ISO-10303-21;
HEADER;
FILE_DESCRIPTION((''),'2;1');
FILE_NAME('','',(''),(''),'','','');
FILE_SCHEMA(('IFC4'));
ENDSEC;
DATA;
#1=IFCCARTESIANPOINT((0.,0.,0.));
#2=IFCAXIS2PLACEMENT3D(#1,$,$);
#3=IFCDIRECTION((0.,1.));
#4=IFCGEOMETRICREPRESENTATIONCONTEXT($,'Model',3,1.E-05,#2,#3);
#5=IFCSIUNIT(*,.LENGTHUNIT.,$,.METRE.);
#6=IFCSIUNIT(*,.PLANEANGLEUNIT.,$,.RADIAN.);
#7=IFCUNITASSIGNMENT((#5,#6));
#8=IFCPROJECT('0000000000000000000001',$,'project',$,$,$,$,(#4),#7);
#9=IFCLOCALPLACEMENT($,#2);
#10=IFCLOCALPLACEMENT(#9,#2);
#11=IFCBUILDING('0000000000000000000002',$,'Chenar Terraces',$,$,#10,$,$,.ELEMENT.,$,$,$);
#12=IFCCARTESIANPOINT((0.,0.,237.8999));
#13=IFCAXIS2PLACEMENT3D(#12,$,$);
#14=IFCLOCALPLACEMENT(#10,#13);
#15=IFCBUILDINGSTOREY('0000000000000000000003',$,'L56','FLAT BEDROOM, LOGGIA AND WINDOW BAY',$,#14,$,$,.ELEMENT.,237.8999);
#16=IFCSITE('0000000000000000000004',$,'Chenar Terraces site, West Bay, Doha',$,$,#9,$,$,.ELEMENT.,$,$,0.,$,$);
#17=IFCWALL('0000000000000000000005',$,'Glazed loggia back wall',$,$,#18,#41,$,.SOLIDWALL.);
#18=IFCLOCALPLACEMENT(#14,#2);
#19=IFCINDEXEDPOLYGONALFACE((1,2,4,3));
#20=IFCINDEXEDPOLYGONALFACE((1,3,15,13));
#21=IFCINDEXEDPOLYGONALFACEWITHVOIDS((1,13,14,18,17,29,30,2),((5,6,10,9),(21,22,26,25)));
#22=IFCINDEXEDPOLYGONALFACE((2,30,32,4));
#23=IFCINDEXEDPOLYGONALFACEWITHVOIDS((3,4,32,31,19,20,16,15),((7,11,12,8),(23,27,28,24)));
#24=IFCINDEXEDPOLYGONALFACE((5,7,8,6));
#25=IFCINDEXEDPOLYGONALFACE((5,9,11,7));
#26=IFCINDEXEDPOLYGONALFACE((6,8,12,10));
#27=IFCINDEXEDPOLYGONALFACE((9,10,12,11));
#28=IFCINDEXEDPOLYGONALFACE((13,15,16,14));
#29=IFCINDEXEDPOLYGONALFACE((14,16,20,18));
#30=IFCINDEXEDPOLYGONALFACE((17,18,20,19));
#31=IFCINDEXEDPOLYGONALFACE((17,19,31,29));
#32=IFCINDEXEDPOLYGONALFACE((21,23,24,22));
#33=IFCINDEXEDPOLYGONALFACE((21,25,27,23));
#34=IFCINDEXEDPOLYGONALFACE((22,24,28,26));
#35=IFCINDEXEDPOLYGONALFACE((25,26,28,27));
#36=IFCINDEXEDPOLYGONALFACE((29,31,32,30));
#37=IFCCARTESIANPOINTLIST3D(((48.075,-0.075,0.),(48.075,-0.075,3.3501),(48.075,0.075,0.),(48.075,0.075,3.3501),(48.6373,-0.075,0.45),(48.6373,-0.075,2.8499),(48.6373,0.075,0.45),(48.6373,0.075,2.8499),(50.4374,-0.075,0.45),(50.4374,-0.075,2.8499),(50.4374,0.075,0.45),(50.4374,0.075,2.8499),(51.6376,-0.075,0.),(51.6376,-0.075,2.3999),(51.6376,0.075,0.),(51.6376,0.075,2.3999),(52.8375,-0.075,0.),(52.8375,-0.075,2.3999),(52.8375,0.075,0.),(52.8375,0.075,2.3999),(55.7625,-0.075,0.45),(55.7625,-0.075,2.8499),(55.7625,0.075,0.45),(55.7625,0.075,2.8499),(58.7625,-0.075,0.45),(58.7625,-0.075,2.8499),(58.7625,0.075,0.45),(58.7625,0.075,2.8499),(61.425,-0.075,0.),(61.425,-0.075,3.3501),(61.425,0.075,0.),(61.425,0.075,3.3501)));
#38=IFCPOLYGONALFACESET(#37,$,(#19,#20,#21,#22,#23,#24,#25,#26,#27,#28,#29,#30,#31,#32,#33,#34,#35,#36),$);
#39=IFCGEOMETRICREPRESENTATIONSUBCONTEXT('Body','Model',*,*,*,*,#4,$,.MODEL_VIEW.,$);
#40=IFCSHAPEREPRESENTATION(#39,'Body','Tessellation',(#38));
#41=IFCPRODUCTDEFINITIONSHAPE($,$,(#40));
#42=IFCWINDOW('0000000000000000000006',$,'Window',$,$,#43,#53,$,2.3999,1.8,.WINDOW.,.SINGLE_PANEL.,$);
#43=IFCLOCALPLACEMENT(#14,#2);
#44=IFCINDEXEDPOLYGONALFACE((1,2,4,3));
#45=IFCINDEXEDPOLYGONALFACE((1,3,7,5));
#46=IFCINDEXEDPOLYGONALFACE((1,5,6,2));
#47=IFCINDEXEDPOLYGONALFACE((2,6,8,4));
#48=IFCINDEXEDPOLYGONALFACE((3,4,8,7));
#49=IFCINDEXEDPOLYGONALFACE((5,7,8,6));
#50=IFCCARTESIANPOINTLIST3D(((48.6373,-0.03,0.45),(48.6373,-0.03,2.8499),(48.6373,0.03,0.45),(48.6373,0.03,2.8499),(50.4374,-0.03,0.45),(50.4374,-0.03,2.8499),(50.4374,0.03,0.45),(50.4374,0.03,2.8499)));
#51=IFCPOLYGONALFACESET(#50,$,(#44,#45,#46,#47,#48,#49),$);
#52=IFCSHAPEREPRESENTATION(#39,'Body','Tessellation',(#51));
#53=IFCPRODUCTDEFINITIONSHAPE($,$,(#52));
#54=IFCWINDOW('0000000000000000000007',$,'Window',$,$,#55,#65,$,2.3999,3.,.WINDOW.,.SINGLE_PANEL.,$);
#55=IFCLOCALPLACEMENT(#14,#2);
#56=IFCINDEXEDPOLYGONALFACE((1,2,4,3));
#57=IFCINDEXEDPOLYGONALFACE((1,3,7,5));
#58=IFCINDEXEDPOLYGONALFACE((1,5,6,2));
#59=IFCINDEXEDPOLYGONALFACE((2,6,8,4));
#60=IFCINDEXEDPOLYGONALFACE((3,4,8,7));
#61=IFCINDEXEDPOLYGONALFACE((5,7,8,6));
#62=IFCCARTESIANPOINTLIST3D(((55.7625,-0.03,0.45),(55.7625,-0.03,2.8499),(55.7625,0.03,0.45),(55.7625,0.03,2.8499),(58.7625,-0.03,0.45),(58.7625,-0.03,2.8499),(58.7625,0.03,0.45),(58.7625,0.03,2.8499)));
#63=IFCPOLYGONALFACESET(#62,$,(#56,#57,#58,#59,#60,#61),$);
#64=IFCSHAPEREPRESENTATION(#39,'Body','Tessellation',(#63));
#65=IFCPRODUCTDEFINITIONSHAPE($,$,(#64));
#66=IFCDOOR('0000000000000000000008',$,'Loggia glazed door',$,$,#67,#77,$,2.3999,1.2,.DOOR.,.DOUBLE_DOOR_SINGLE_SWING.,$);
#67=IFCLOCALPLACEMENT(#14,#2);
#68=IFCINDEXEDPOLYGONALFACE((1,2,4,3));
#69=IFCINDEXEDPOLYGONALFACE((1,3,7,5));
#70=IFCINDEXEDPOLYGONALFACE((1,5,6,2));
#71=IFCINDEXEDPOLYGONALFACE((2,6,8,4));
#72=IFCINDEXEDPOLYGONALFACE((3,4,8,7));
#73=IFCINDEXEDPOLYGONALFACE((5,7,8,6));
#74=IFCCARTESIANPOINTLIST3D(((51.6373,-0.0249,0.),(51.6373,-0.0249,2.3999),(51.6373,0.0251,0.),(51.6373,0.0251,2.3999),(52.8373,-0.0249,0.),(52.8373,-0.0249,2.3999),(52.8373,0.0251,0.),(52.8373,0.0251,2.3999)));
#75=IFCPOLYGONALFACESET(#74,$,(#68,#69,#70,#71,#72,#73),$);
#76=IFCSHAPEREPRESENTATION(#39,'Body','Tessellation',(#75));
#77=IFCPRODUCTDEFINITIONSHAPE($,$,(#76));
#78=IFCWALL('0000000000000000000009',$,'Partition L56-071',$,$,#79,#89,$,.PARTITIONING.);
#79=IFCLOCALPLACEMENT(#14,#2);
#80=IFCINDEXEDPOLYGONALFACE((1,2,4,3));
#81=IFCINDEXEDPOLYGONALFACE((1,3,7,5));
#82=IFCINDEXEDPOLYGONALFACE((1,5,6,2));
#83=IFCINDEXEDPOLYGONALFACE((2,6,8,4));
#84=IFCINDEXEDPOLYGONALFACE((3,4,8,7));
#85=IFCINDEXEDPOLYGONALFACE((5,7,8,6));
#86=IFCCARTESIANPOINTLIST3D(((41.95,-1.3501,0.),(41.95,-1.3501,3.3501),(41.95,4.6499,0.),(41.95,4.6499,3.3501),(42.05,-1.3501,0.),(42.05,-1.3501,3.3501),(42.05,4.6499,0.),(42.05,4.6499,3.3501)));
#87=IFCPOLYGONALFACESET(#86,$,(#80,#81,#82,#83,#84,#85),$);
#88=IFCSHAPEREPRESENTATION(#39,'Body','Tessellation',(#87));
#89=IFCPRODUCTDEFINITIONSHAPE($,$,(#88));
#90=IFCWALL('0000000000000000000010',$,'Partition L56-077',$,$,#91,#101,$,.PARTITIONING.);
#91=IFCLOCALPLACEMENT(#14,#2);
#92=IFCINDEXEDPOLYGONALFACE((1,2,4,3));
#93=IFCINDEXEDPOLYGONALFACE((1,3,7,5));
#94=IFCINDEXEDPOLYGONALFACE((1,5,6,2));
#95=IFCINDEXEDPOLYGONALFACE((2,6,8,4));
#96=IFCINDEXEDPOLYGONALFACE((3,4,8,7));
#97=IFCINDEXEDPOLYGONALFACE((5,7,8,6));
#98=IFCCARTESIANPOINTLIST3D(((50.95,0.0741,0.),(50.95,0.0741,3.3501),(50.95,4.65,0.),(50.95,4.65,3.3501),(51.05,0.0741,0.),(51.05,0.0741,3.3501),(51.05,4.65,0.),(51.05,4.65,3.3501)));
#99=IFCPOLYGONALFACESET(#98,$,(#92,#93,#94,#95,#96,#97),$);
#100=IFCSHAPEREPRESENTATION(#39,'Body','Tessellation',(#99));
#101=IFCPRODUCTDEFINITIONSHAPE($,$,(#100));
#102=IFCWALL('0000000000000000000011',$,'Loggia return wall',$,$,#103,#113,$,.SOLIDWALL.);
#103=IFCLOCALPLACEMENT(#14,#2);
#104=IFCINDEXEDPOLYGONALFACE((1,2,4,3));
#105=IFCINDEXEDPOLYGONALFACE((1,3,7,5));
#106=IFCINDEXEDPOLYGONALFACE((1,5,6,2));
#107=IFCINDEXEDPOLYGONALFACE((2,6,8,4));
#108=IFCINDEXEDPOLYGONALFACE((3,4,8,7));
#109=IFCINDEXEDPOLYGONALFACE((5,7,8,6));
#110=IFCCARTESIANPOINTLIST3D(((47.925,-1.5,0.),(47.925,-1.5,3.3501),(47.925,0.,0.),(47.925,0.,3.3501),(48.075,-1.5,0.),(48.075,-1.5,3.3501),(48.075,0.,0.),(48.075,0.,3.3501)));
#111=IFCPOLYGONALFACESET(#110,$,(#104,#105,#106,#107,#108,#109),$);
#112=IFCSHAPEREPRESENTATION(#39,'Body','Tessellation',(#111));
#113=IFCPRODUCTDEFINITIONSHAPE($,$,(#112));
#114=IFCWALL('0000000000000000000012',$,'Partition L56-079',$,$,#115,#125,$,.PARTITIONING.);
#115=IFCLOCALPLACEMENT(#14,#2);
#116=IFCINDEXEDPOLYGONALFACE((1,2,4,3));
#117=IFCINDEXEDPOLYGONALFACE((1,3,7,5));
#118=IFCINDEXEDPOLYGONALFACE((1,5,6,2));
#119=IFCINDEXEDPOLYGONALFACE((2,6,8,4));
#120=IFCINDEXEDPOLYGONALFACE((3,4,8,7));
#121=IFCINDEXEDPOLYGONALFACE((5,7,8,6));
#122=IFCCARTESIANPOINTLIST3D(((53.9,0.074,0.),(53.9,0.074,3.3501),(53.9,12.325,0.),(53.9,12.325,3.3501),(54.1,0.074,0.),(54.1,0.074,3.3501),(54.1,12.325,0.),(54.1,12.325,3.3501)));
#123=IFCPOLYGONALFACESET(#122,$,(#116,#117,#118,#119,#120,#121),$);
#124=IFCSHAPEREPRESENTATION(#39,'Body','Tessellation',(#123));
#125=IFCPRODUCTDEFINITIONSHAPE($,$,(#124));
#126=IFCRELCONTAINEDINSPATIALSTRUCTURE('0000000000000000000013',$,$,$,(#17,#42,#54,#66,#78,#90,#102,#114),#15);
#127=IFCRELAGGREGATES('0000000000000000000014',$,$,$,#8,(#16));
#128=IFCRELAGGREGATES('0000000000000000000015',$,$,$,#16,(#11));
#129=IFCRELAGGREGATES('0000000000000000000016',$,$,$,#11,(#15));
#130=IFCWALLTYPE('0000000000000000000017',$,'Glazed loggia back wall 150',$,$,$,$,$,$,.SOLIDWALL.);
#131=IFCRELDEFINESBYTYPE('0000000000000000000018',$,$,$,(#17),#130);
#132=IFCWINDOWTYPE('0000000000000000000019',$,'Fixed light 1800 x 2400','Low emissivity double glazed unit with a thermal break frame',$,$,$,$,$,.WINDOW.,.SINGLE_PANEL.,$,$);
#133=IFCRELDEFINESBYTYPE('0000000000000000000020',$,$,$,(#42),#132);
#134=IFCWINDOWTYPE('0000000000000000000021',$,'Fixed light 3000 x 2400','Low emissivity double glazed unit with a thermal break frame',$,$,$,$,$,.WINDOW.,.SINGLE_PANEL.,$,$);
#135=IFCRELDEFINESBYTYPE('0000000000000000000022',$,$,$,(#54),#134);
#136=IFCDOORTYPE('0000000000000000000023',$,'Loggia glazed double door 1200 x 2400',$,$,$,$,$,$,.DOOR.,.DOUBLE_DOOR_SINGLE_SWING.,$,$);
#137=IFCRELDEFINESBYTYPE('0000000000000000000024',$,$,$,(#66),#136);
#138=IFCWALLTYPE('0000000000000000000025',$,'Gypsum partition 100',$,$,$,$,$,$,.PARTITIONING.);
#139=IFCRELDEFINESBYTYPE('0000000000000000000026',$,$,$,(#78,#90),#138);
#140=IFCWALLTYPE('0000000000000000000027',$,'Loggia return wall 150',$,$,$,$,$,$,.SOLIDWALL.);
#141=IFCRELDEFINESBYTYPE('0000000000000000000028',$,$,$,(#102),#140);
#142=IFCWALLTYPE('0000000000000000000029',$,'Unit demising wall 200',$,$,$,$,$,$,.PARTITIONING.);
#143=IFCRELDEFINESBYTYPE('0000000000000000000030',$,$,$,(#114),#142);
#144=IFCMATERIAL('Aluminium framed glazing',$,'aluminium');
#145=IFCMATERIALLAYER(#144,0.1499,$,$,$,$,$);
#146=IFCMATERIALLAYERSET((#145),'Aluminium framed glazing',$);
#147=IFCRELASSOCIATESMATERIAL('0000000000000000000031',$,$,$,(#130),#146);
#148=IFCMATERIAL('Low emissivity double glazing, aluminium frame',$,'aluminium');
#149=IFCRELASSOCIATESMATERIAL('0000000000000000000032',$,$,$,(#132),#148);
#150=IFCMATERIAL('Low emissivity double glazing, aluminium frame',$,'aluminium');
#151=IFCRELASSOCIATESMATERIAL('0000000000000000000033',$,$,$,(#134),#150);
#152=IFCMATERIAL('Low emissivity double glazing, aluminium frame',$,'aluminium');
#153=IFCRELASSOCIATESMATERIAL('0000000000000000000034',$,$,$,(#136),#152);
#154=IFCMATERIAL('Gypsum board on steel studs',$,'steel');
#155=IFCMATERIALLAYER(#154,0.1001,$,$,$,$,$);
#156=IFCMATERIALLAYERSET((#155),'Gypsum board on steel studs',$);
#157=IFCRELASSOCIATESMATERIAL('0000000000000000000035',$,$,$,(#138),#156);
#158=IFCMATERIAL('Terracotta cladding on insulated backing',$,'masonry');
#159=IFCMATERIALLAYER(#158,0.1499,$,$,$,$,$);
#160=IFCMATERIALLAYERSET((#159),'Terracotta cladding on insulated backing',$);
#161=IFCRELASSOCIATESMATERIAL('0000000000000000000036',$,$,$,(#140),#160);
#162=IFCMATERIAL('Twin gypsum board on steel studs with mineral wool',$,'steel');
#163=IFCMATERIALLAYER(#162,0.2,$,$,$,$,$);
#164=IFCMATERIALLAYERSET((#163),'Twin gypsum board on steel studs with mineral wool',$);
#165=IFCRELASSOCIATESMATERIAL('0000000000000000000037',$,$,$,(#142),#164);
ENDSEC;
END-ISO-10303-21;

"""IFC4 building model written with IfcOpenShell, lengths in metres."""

from ifc_helpers import new_model, si_unit, direction, frame, frame_2d, origin, place, context, subcontext, project, spatial, rectangle, extrude, material, layer, layer_set, type_object, element, fill, save


model = new_model("IFC4")

# Units and contexts
model_context = context("Model", 3, precision=1e-05, world=origin(), true_north=direction((0.0, 1.0)))
body_context = subcontext(model_context, "Body", "Model", "MODEL_VIEW")
ifc_project = project(units=[si_unit("LENGTHUNIT", "METRE"), si_unit("PLANEANGLEUNIT", "RADIAN")], contexts=[model_context])

# Site, building, storey
site_placement = place(None, origin())
site = spatial("IfcSite", under=ifc_project, at=site_placement, Name="Chenar Terraces site, West Bay, Doha", CompositionType="ELEMENT", RefElevation=0.0)
building_placement = place(site_placement, origin())
building = spatial("IfcBuilding", under=site, at=building_placement, Name="Chenar Terraces", CompositionType="ELEMENT")
storey_placement = place(building_placement, frame((0.0, 0.0, 237.8999)))
storey = spatial("IfcBuildingStorey", under=building, at=storey_placement, Name="L56", Description="FLAT BEDROOM, LOGGIA AND WINDOW BAY", CompositionType="ELEMENT", Elevation=237.8999)

# Wall, openings, windows, door
ifc_material_1 = material(Name="Aluminium framed glazing", Category="aluminium")
ifc_layer_1 = layer(ifc_material_1, 0.1499)
ifc_layer_set_1 = layer_set([ifc_layer_1], Name="Aluminium framed glazing")
wall_type_1 = type_object("IfcWallType", Name="Glazed loggia back wall 150", PredefinedType="SOLIDWALL", material=ifc_layer_set_1)
wall_1_placement = place(storey_placement, frame((48.075, 0.0, 0.0), z_axis=(0.0, 0.0, 1.0), x_axis=(1.0, 0.0, 0.0)))
wall_1 = element("IfcWall", 1, at=wall_1_placement, inside=storey, type_object=wall_type_1, Name="Glazed loggia back wall", PredefinedType="SOLIDWALL", context=body_context, shape_type="SweptSolid", body=[
    extrude(rectangle(XDim=13.3501, YDim=0.1499, at=frame_2d((6.675, 0.0))), origin(), (0.0, 0.0, 1.0), 3.3501),
])
opening_1_placement = place(wall_1_placement, frame((0.5625, 0.0, 0.45)))
opening_1 = element("IfcOpeningElement", 2, at=opening_1_placement, cuts=wall_1, PredefinedType="OPENING", context=body_context, shape_type="SweptSolid", body=[
    extrude(rectangle(XDim=1.8, YDim=2.3999, at=frame_2d((0.8999, 1.2))), frame((0.0, 0.085, 0.0), z_axis=(0.0, -1.0, 0.0), x_axis=(1.0, 0.0, 0.0)), (0.0, 0.0, 1.0), 0.1699),
])
opening_2_placement = place(wall_1_placement, frame((3.5625, 0.0, 0.0)))
opening_2 = element("IfcOpeningElement", 3, at=opening_2_placement, cuts=wall_1, PredefinedType="OPENING", context=body_context, shape_type="SweptSolid", body=[
    extrude(rectangle(XDim=1.2, YDim=2.3999, at=frame_2d((0.6001, 1.2))), frame((0.0, 0.085, 0.0), z_axis=(0.0, -1.0, 0.0), x_axis=(1.0, 0.0, 0.0)), (0.0, 0.0, 1.0), 0.1699),
])
opening_3_placement = place(wall_1_placement, frame((7.6875, 0.0, 0.45)))
opening_3 = element("IfcOpeningElement", 4, at=opening_3_placement, cuts=wall_1, PredefinedType="OPENING", context=body_context, shape_type="SweptSolid", body=[
    extrude(rectangle(XDim=3.0, YDim=2.3999, at=frame_2d((1.5, 1.2))), frame((0.0, 0.085, 0.0), z_axis=(0.0, -1.0, 0.0), x_axis=(1.0, 0.0, 0.0)), (0.0, 0.0, 1.0), 0.1699),
])
ifc_material_2 = material(Name="Low emissivity double glazing, aluminium frame", Category="aluminium")
window_type_1 = type_object("IfcWindowType", Name="Fixed light 1800 x 2400", Description="Low emissivity double glazed unit with a thermal break frame", PartitioningType="SINGLE_PANEL", PredefinedType="WINDOW", material=ifc_material_2)
window_1_placement = place(opening_1_placement, origin())
window_1 = element("IfcWindow", 5, at=window_1_placement, inside=storey, type_object=window_type_1, Name="Window", OverallHeight=2.3999, OverallWidth=1.8, PartitioningType="SINGLE_PANEL", PredefinedType="WINDOW", context=body_context, shape_type="SweptSolid", body=[
    extrude(rectangle(XDim=1.8, YDim=2.3999, at=frame_2d((0.8999, 1.2))), frame((0.0, 0.03, 0.0), z_axis=(0.0, -1.0, 0.0), x_axis=(1.0, 0.0, 0.0)), (0.0, 0.0, 1.0), 0.0601),
])
fill(opening_1, window_1)
ifc_material_3 = material(Name="Low emissivity double glazing, aluminium frame", Category="aluminium")
window_type_2 = type_object("IfcWindowType", Name="Fixed light 3000 x 2400", Description="Low emissivity double glazed unit with a thermal break frame", PartitioningType="SINGLE_PANEL", PredefinedType="WINDOW", material=ifc_material_3)
window_2_placement = place(opening_3_placement, origin())
window_2 = element("IfcWindow", 6, at=window_2_placement, inside=storey, type_object=window_type_2, Name="Window", OverallHeight=2.3999, OverallWidth=3.0, PartitioningType="SINGLE_PANEL", PredefinedType="WINDOW", context=body_context, shape_type="SweptSolid", body=[
    extrude(rectangle(XDim=3.0, YDim=2.3999, at=frame_2d((1.5, 1.2))), frame((0.0, 0.03, 0.0), z_axis=(0.0, -1.0, 0.0), x_axis=(1.0, 0.0, 0.0)), (0.0, 0.0, 1.0), 0.0601),
])
fill(opening_3, window_2)
ifc_material_4 = material(Name="Low emissivity double glazing, aluminium frame", Category="aluminium")
door_type_1 = type_object("IfcDoorType", Name="Loggia glazed double door 1200 x 2400", OperationType="DOUBLE_DOOR_SINGLE_SWING", PredefinedType="DOOR", material=ifc_material_4)
door_1_placement = place(opening_2_placement, frame((1.2, 0.0, 0.0), z_axis=(0.0, 0.0, 1.0), x_axis=(-1.0, 0.0, 0.0)))
door_1 = element("IfcDoor", 7, at=door_1_placement, inside=storey, type_object=door_type_1, Name="Loggia glazed door", OperationType="DOUBLE_DOOR_SINGLE_SWING", OverallHeight=2.3999, OverallWidth=1.2, PredefinedType="DOOR", context=body_context, shape_type="SweptSolid", body=[
    extrude(rectangle(XDim=1.2, YDim=2.3999, at=frame_2d((0.6001, 1.2))), frame((0.0, 0.0249, 0.0), z_axis=(0.0, -1.0, 0.0), x_axis=(1.0, 0.0, 0.0)), (0.0, 0.0, 1.0), 0.05),
])
fill(opening_2, door_1)

# Walls
ifc_material_5 = material(Name="Gypsum board on steel studs", Category="steel")
ifc_layer_2 = layer(ifc_material_5, 0.1001)
ifc_layer_set_2 = layer_set([ifc_layer_2], Name="Gypsum board on steel studs")
wall_type_2 = type_object("IfcWallType", Name="Gypsum partition 100", PredefinedType="PARTITIONING", material=ifc_layer_set_2)
wall_2_placement = place(storey_placement, frame((42.0, -1.3501, 0.0), z_axis=(0.0, 0.0, 1.0), x_axis=(0.0, 1.0, 0.0)))
element("IfcWall", 8, at=wall_2_placement, inside=storey, type_object=wall_type_2, Name="Partition L56-071", PredefinedType="PARTITIONING", context=body_context, shape_type="SweptSolid", body=[
    extrude(rectangle(XDim=6.0, YDim=0.1001, at=frame_2d((3.0, 0.0))), origin(), (0.0, 0.0, 1.0), 3.3501),
])
wall_3_placement = place(storey_placement, frame((51.0, 0.074, 0.0), z_axis=(0.0, 0.0, 1.0), x_axis=(0.0, 1.0, 0.0)))
element("IfcWall", 9, at=wall_3_placement, inside=storey, type_object=wall_type_2, Name="Partition L56-077", PredefinedType="PARTITIONING", context=body_context, shape_type="SweptSolid", body=[
    extrude(rectangle(XDim=4.5759, YDim=0.1001, at=frame_2d((2.2881, 0.0))), origin(), (0.0, 0.0, 1.0), 3.3501),
])
ifc_material_6 = material(Name="Terracotta cladding on insulated backing", Category="masonry")
ifc_layer_3 = layer(ifc_material_6, 0.1499)
ifc_layer_set_3 = layer_set([ifc_layer_3], Name="Terracotta cladding on insulated backing")
wall_type_3 = type_object("IfcWallType", Name="Loggia return wall 150", PredefinedType="SOLIDWALL", material=ifc_layer_set_3)
wall_4_placement = place(storey_placement, frame((48.0, -1.5, 0.0), z_axis=(0.0, 0.0, 1.0), x_axis=(0.0, 1.0, 0.0)))
element("IfcWall", 10, at=wall_4_placement, inside=storey, type_object=wall_type_3, Name="Loggia return wall", PredefinedType="SOLIDWALL", context=body_context, shape_type="SweptSolid", body=[
    extrude(rectangle(XDim=1.5, YDim=0.1499, at=frame_2d((0.75, 0.0))), origin(), (0.0, 0.0, 1.0), 3.3501),
])
ifc_material_7 = material(Name="Twin gypsum board on steel studs with mineral wool", Category="steel")
ifc_layer_4 = layer(ifc_material_7, 0.2)
ifc_layer_set_4 = layer_set([ifc_layer_4], Name="Twin gypsum board on steel studs with mineral wool")
wall_type_4 = type_object("IfcWallType", Name="Unit demising wall 200", PredefinedType="PARTITIONING", material=ifc_layer_set_4)
wall_5_placement = place(storey_placement, frame((54.0, 0.074, 0.0), z_axis=(0.0, 0.0, 1.0), x_axis=(0.0, 1.0, 0.0)))
element("IfcWall", 11, at=wall_5_placement, inside=storey, type_object=wall_type_4, Name="Partition L56-079", PredefinedType="PARTITIONING", context=body_context, shape_type="SweptSolid", body=[
    extrude(rectangle(XDim=12.251, YDim=0.2, at=frame_2d((6.1255, 0.0))), origin(), (0.0, 0.0, 1.0), 3.3501),
])

save(model, "model.ifc")
